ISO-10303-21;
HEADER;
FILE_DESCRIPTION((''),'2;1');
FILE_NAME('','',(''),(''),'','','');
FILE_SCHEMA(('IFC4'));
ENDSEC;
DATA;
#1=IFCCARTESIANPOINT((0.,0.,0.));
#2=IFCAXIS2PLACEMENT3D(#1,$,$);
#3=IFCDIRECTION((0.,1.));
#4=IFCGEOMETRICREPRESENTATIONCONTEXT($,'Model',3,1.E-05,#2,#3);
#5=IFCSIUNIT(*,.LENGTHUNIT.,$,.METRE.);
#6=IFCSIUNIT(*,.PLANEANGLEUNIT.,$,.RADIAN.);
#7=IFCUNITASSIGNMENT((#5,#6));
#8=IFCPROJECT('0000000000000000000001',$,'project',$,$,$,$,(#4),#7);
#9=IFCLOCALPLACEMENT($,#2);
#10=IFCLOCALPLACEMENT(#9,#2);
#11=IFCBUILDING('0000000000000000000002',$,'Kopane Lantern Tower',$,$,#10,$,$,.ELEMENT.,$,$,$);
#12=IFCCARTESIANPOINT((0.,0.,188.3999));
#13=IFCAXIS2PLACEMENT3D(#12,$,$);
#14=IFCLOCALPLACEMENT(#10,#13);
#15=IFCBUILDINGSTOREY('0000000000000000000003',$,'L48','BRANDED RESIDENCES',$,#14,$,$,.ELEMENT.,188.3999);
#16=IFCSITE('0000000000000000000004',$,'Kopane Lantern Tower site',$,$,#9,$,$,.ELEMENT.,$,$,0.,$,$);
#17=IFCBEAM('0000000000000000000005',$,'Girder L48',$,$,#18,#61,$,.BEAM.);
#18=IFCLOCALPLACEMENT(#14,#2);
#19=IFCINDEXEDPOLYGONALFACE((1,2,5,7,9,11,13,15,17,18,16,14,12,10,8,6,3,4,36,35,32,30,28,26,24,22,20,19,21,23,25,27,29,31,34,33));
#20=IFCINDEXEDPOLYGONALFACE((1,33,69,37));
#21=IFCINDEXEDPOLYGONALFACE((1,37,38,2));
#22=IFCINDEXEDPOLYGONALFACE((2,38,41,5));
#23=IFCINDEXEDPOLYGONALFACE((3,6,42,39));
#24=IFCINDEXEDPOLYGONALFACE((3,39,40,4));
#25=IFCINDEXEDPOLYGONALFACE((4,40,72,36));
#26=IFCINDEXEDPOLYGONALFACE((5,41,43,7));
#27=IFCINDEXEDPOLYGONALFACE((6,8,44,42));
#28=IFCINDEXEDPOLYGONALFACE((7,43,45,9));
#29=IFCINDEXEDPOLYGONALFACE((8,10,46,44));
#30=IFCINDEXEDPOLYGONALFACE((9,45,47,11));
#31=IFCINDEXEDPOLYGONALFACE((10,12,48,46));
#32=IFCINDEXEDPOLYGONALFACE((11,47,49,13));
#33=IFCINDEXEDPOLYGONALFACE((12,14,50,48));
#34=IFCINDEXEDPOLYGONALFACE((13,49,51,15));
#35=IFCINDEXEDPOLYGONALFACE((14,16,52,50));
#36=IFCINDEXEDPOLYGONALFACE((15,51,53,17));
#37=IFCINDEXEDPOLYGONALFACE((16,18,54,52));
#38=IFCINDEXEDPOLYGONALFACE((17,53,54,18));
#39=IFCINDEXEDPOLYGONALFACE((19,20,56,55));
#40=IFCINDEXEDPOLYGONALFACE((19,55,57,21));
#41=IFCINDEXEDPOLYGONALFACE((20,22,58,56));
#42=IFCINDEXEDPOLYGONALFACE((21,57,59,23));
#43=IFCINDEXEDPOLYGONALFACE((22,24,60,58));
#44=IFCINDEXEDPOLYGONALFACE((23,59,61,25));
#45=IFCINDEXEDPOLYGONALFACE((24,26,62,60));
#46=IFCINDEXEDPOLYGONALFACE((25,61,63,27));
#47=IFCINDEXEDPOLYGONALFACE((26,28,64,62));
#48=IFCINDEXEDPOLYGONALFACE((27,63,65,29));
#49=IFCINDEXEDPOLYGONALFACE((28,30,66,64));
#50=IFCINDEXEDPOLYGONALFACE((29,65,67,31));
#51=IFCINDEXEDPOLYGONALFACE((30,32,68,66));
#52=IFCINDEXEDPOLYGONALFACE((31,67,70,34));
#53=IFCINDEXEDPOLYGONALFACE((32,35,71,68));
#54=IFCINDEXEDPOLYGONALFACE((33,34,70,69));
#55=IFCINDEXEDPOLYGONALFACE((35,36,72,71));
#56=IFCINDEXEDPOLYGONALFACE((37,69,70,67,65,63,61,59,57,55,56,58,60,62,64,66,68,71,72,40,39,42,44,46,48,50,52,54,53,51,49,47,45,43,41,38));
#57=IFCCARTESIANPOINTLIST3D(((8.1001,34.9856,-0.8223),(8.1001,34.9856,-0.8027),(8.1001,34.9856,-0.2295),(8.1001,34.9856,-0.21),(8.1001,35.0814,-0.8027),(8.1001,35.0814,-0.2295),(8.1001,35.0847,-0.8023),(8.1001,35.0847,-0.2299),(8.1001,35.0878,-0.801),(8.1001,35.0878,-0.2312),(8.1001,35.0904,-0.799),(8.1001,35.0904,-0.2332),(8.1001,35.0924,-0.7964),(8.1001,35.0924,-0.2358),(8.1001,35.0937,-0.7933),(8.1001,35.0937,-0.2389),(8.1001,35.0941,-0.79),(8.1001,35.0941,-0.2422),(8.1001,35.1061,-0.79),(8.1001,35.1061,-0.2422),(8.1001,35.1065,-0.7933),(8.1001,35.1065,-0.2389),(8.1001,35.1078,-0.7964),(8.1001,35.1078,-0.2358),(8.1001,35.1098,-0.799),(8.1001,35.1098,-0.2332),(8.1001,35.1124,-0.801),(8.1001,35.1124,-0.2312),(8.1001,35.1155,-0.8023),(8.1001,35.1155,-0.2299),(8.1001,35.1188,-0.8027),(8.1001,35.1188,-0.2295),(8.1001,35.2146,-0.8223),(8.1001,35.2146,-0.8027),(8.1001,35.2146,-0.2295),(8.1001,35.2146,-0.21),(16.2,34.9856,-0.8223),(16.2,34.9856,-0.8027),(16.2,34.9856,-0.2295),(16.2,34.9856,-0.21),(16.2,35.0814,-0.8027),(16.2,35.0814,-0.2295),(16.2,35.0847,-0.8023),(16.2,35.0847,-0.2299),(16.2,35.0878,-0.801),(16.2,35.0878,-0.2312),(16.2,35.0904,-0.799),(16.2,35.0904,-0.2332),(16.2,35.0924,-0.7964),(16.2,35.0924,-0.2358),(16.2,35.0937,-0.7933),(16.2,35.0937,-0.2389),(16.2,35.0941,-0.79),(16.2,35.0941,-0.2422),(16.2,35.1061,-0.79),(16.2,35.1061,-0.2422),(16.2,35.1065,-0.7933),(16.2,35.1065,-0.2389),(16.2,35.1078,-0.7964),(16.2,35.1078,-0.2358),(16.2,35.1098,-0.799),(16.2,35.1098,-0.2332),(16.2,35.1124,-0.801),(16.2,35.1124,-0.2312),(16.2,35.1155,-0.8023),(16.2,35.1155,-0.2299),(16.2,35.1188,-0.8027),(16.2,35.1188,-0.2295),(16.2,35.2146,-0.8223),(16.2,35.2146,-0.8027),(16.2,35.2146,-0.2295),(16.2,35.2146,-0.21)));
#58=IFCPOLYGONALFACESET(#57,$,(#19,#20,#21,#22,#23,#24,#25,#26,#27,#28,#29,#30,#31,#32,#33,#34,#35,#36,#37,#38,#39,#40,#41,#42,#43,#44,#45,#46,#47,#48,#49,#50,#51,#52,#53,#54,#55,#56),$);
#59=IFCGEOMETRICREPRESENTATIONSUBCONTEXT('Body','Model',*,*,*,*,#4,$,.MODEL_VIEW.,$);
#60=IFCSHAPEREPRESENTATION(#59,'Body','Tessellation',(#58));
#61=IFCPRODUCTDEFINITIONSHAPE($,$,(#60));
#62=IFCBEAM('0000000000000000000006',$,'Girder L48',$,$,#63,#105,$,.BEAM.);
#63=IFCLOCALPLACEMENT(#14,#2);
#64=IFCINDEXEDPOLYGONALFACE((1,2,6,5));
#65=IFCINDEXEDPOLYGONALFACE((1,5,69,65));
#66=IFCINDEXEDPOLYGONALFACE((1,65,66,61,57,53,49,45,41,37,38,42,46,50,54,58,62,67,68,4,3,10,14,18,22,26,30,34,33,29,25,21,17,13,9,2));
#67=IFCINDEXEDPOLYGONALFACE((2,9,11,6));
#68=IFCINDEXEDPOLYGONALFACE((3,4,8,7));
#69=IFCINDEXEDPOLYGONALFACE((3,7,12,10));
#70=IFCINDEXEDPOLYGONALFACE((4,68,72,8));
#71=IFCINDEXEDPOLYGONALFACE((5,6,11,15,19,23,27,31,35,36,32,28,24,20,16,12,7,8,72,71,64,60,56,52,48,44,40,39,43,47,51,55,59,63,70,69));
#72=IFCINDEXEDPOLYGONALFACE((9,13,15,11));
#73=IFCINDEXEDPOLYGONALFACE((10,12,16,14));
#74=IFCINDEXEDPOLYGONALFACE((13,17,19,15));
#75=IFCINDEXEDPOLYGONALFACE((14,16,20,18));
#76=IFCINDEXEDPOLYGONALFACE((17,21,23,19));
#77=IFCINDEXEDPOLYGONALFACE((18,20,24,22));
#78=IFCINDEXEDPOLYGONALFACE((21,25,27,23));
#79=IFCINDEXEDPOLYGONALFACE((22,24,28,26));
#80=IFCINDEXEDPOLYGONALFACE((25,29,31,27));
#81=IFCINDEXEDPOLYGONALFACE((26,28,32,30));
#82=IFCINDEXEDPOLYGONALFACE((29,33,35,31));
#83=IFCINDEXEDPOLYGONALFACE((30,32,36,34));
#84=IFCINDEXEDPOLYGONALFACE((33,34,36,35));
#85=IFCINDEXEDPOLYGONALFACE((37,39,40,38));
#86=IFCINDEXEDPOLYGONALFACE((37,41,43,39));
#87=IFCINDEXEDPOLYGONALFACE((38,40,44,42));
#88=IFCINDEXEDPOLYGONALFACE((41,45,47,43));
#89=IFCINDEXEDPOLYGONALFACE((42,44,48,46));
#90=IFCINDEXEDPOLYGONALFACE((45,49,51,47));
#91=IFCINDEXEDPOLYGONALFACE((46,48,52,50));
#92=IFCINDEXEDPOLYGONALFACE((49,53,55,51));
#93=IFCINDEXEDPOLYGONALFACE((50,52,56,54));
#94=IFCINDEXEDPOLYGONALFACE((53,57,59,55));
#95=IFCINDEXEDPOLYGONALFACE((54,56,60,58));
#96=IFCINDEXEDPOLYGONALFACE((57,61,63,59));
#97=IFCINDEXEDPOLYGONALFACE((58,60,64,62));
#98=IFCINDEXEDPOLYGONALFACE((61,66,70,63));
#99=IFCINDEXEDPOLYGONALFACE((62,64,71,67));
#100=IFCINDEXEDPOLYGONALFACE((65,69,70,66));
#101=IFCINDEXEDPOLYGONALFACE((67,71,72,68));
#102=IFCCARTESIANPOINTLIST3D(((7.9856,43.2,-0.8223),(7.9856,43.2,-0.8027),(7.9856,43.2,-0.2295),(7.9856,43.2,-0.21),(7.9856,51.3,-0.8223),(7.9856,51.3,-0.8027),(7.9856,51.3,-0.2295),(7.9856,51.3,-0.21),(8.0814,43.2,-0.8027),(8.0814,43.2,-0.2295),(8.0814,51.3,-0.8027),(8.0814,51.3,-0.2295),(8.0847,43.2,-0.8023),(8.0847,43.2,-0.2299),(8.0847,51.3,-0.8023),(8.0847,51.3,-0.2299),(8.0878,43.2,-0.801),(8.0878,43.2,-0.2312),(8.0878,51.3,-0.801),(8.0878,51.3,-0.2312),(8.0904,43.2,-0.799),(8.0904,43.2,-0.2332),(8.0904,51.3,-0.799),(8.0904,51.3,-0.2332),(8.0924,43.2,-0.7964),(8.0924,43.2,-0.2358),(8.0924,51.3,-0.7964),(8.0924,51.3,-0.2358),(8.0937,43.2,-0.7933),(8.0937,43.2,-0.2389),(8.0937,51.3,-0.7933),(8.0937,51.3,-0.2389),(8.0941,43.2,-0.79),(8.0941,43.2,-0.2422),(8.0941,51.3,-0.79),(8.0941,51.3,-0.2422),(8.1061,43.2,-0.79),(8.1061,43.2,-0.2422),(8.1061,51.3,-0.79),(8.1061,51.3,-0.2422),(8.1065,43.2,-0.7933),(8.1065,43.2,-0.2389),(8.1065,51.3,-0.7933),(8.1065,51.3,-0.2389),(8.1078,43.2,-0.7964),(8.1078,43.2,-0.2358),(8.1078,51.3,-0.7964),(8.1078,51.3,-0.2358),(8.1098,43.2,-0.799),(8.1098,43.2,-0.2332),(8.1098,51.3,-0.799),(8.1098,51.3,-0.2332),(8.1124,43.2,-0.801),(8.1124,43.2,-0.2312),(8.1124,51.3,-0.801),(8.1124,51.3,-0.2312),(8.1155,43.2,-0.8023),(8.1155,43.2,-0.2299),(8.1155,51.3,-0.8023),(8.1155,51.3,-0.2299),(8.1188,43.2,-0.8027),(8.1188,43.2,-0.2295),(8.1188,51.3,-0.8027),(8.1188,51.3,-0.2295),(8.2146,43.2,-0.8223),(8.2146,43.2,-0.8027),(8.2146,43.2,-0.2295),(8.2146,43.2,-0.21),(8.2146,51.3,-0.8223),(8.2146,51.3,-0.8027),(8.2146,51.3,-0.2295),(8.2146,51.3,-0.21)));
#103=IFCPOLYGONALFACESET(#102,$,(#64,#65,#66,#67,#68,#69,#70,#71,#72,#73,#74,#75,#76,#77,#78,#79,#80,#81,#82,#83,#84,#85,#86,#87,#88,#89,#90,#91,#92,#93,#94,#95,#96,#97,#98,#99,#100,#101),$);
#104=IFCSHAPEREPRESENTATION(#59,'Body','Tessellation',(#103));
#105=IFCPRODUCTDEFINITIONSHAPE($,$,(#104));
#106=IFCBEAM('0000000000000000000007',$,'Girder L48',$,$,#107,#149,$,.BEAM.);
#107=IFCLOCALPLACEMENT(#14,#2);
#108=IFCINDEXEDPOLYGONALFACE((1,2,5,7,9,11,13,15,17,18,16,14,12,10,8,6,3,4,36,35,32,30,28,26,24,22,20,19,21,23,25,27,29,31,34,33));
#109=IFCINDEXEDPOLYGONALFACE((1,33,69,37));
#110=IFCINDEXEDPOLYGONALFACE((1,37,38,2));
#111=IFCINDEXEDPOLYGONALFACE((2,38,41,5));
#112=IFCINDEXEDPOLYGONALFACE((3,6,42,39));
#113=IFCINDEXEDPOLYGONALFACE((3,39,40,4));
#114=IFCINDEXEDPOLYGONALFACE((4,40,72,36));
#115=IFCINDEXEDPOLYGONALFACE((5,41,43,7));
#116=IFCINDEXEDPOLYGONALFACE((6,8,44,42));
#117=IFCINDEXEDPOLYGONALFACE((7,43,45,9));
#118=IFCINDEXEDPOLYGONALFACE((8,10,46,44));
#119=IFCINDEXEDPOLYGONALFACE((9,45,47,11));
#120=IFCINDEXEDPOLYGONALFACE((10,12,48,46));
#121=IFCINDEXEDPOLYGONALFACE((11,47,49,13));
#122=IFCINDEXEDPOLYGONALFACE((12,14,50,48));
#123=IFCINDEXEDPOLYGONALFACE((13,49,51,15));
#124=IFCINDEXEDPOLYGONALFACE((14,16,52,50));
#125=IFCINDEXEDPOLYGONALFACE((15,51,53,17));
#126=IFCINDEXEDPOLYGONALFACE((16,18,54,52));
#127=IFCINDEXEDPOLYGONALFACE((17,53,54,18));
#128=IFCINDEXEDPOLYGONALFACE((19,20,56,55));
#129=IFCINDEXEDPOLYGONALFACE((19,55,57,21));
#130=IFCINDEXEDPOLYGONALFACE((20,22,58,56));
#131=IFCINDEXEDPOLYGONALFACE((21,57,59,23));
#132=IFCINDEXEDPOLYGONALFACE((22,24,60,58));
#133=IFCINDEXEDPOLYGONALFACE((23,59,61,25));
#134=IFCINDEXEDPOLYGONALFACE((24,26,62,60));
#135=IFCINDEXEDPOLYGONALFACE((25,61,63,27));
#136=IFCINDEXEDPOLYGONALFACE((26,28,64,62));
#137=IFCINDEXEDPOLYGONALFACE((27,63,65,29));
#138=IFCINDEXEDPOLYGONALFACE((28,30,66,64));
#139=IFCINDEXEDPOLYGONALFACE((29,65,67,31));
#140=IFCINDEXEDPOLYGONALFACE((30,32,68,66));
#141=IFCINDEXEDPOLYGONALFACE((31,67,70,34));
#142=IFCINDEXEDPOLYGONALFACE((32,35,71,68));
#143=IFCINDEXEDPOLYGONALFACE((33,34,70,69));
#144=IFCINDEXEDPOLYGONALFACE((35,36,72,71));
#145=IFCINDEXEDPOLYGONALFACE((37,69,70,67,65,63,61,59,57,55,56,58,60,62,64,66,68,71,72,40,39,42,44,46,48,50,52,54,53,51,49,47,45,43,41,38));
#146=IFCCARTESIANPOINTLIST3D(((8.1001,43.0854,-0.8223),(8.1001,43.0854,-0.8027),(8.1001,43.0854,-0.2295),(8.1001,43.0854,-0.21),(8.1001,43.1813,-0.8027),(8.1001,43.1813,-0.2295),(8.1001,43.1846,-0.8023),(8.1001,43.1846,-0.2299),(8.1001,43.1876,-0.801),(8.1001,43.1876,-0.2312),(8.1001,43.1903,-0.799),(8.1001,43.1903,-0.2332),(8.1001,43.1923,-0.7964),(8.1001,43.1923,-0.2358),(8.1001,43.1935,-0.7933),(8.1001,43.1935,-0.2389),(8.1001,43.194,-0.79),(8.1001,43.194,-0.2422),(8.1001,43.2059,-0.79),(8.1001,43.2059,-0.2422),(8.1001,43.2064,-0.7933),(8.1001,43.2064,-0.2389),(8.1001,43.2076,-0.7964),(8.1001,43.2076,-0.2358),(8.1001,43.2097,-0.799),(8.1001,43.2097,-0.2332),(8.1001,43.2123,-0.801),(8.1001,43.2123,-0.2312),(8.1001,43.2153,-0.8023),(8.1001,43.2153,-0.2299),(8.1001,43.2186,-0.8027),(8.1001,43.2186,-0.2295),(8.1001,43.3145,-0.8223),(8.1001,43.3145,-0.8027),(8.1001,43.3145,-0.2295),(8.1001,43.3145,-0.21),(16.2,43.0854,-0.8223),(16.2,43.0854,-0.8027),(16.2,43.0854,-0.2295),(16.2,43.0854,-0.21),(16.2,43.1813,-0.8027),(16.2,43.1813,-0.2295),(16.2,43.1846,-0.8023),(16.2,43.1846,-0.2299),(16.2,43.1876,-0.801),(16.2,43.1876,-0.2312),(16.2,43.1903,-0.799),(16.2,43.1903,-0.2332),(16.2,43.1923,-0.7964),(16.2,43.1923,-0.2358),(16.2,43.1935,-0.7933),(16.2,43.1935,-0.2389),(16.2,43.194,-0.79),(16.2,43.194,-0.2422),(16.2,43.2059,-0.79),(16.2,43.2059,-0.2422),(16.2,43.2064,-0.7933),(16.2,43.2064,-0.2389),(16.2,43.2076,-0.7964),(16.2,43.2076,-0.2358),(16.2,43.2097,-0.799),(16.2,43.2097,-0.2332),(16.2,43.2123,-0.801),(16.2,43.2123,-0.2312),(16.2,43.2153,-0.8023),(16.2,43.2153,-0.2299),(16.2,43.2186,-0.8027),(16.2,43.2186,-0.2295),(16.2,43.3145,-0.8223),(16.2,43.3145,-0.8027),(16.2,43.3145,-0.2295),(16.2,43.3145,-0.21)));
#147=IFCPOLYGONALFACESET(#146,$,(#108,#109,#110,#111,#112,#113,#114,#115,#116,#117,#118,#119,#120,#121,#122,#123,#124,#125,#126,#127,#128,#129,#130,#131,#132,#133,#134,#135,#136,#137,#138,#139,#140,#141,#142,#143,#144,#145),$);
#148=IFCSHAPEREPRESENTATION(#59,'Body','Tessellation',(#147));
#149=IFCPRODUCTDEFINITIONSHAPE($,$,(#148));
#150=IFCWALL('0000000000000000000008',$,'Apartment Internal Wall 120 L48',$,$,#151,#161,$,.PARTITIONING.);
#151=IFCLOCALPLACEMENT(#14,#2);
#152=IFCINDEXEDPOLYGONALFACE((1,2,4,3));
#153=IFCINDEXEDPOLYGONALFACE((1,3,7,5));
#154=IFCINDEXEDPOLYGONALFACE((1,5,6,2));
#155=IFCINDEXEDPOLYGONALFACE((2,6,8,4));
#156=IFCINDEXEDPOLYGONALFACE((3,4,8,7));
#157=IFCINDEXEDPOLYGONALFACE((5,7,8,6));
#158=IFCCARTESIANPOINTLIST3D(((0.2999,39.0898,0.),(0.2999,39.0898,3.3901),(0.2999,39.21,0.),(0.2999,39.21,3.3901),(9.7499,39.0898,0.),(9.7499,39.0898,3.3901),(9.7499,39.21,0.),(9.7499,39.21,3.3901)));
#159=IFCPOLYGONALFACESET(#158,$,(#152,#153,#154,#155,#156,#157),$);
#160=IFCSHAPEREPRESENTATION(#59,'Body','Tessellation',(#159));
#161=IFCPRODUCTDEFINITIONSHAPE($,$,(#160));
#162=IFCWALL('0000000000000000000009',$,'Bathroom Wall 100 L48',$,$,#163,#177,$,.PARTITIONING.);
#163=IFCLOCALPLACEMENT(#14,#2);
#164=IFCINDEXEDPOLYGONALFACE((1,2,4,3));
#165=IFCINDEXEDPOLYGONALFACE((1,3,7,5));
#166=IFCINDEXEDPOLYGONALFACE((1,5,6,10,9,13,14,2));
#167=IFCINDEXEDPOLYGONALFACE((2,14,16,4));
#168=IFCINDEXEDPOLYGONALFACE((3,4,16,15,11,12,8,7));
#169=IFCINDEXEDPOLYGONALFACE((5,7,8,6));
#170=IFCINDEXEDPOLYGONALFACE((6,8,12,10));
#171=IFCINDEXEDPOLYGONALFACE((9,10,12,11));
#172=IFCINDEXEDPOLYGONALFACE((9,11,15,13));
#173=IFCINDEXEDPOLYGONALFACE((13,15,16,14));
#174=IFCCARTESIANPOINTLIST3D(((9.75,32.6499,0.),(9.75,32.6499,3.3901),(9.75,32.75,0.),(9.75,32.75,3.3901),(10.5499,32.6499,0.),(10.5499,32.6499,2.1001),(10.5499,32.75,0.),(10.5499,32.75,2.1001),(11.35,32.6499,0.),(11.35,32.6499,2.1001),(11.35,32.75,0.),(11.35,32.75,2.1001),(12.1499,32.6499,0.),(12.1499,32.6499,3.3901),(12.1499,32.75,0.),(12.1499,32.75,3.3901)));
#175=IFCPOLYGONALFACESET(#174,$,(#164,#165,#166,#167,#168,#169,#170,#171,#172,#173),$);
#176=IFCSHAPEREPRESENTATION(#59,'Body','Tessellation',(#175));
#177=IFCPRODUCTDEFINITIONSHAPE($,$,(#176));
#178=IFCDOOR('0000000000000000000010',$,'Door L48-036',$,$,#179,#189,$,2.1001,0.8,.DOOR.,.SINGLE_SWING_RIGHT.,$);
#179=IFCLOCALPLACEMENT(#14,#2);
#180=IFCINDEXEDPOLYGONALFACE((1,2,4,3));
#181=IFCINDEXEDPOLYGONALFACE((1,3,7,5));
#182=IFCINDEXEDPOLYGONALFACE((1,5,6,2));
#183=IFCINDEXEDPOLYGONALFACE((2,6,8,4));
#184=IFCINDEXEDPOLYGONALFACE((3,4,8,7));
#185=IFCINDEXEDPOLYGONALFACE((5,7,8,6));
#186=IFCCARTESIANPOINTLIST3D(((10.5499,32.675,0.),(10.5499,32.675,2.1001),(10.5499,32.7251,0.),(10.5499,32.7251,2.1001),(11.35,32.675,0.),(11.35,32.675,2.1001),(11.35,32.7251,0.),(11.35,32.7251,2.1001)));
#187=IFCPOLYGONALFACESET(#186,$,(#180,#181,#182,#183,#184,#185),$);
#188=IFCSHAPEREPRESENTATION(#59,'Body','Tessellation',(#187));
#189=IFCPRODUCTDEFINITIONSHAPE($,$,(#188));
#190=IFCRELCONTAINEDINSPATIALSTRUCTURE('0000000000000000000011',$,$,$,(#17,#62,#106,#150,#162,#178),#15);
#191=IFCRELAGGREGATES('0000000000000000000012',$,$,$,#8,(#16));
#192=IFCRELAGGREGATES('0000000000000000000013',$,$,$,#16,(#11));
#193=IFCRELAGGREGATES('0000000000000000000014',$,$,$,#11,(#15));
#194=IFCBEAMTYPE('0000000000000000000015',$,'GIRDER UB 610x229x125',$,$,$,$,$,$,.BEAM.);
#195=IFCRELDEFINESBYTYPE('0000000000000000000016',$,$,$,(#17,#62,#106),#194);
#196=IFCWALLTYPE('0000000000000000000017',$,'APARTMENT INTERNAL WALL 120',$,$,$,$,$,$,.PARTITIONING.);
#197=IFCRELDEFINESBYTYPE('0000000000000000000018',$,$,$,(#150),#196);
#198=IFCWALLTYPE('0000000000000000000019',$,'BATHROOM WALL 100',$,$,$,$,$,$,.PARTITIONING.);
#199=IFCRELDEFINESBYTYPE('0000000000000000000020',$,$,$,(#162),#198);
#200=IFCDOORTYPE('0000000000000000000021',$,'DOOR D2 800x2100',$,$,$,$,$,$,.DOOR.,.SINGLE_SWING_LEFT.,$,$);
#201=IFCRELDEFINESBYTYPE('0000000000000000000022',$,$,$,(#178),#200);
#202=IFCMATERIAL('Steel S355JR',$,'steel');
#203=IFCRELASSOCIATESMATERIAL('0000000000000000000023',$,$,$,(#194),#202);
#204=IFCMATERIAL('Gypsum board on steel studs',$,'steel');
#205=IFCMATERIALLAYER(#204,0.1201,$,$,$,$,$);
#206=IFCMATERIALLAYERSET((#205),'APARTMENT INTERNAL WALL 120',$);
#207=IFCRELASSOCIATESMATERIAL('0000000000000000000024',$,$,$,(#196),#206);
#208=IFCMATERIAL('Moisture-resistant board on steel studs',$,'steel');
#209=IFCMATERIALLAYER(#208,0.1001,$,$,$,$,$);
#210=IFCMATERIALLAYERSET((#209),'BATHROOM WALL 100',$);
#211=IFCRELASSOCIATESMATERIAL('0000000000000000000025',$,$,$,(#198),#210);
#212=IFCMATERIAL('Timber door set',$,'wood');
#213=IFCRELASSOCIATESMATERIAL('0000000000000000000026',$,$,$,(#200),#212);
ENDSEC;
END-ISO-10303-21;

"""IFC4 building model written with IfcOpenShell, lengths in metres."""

from ifc_helpers import new_model, si_unit, direction, frame, frame_2d, origin, origin_2d, place, context, subcontext, project, spatial, rectangle, i_section, extrude, material, layer, layer_set, material_profile, profile_set, type_object, element, fill, save


model = new_model("IFC4")

# Units and contexts
model_context = context("Model", 3, precision=1e-05, world=origin(), true_north=direction((0.0, 1.0)))
body_context = subcontext(model_context, "Body", "Model", "MODEL_VIEW")
ifc_project = project(units=[si_unit("LENGTHUNIT", "METRE"), si_unit("PLANEANGLEUNIT", "RADIAN")], contexts=[model_context])

# Site, building, storey
site_placement = place(None, origin())
site = spatial("IfcSite", under=ifc_project, at=site_placement, Name="Kopane Lantern Tower site", CompositionType="ELEMENT", RefElevation=0.0)
building_placement = place(site_placement, origin())
building = spatial("IfcBuilding", under=site, at=building_placement, Name="Kopane Lantern Tower", CompositionType="ELEMENT")
storey_placement = place(building_placement, frame((0.0, 0.0, 188.3999)))
storey = spatial("IfcBuildingStorey", under=building, at=storey_placement, Name="L48", Description="BRANDED RESIDENCES", CompositionType="ELEMENT", Elevation=188.3999)

# Beams
ifc_material_1 = material(Name="Steel S355JR", Category="steel")
ifc_material_profile_1 = material_profile(ifc_material_1, i_section(OverallWidth=0.229, OverallDepth=0.6123, WebThickness=0.012, FlangeThickness=0.0195, FilletRadius=0.0127, at=origin_2d()), Name="UB 610x229x125")
ifc_profile_set_1 = profile_set([ifc_material_profile_1], Name="Steel S355JR")
beam_type = type_object("IfcBeamType", Name="GIRDER UB 610x229x125", PredefinedType="BEAM", material=ifc_profile_set_1)
for number, where, z_axis, x_axis, name in (
    (1, (8.1001, 35.1001, -0.5161), (1.0, 0.0, 0.0), (0.0, 1.0, 0.0), "Girder L48"),
):
    element("IfcBeam", number, at=place(storey_placement, frame(where, z_axis=z_axis, x_axis=x_axis)), inside=storey, type_object=beam_type, Name=name, PredefinedType="BEAM", context=body_context, shape_type="SweptSolid", body=[
        extrude(i_section(OverallWidth=0.229, OverallDepth=0.6123, WebThickness=0.012, FlangeThickness=0.0195, FilletRadius=0.0127, at=origin_2d()), origin(), (0.0, 0.0, 1.0), 8.0999),
    ])
beam_1_placement = place(storey_placement, frame((8.1001, 43.2, -0.5161), z_axis=(0.0, 1.0, 0.0), x_axis=(-1.0, 0.0, 0.0)))
element("IfcBeam", 2, at=beam_1_placement, inside=storey, type_object=beam_type, Name="Girder L48", PredefinedType="BEAM", context=body_context, shape_type="SweptSolid", body=[
    extrude(i_section(OverallWidth=0.229, OverallDepth=0.6123, WebThickness=0.012, FlangeThickness=0.0195, FilletRadius=0.0127, at=origin_2d()), origin(), (0.0, 0.0, 1.0), 8.1001),
])
beam_2_placement = place(storey_placement, frame((8.1001, 43.2, -0.5161), z_axis=(1.0, 0.0, 0.0), x_axis=(0.0, 1.0, 0.0)))
element("IfcBeam", 3, at=beam_2_placement, inside=storey, type_object=beam_type, Name="Girder L48", PredefinedType="BEAM", context=body_context, shape_type="SweptSolid", body=[
    extrude(i_section(OverallWidth=0.229, OverallDepth=0.6123, WebThickness=0.012, FlangeThickness=0.0195, FilletRadius=0.0127, at=origin_2d()), origin(), (0.0, 0.0, 1.0), 8.0999),
])

# Wall
ifc_material_2 = material(Name="Gypsum board on steel studs", Category="steel")
ifc_layer_1 = layer(ifc_material_2, 0.1201)
ifc_layer_set_1 = layer_set([ifc_layer_1], Name="APARTMENT INTERNAL WALL 120")
wall_type_1 = type_object("IfcWallType", Name="APARTMENT INTERNAL WALL 120", PredefinedType="PARTITIONING", material=ifc_layer_set_1)
wall_1_placement = place(storey_placement, frame((9.75, 39.1499, 0.0), z_axis=(0.0, 0.0, 1.0), x_axis=(-1.0, 0.0, 0.0)))
element("IfcWall", 4, at=wall_1_placement, inside=storey, type_object=wall_type_1, Name="Apartment Internal Wall 120 L48", PredefinedType="PARTITIONING", context=body_context, shape_type="SweptSolid", body=[
    extrude(rectangle(XDim=9.45, YDim=0.1201, at=frame_2d((4.7251, 0.0))), origin(), (0.0, 0.0, 1.0), 3.3901),
])

# Wall, opening, door
ifc_material_3 = material(Name="Moisture-resistant board on steel studs", Category="steel")
ifc_layer_2 = layer(ifc_material_3, 0.1001)
ifc_layer_set_2 = layer_set([ifc_layer_2], Name="BATHROOM WALL 100")
wall_type_2 = type_object("IfcWallType", Name="BATHROOM WALL 100", PredefinedType="PARTITIONING", material=ifc_layer_set_2)
wall_2_placement = place(storey_placement, frame((12.1499, 32.7, 0.0), z_axis=(0.0, 0.0, 1.0), x_axis=(-1.0, 0.0, 0.0)))
wall_2 = element("IfcWall", 5, at=wall_2_placement, inside=storey, type_object=wall_type_2, Name="Bathroom Wall 100 L48", PredefinedType="PARTITIONING", context=body_context, shape_type="SweptSolid", body=[
    extrude(rectangle(XDim=2.3999, YDim=0.1001, at=frame_2d((1.2, 0.0))), origin(), (0.0, 0.0, 1.0), 3.3901),
])
opening_1_placement = place(wall_2_placement, frame((0.8, 0.0, 0.0)))
opening_1 = element("IfcOpeningElement", 6, at=opening_1_placement, cuts=wall_2, PredefinedType="OPENING", context=body_context, shape_type="SweptSolid", body=[
    extrude(rectangle(XDim=0.8, YDim=2.1001, at=frame_2d((0.3999, 1.05))), frame((0.0, 0.0601, 0.0), z_axis=(0.0, -1.0, 0.0), x_axis=(1.0, 0.0, 0.0)), (0.0, 0.0, 1.0), 0.1201),
])
ifc_material_4 = material(Name="Timber door set", Category="wood")
door_type = type_object("IfcDoorType", Name="DOOR D2 800x2100", OperationType="SINGLE_SWING_LEFT", PredefinedType="DOOR", material=ifc_material_4)
door_1_placement = place(opening_1_placement, origin())
door_1 = element("IfcDoor", 7, at=door_1_placement, inside=storey, type_object=door_type, Name="Door L48-036", OperationType="SINGLE_SWING_RIGHT", OverallHeight=2.1001, OverallWidth=0.8, PredefinedType="DOOR", context=body_context, shape_type="SweptSolid", body=[
    extrude(rectangle(XDim=0.8, YDim=2.1001, at=frame_2d((0.3999, 1.05))), frame((0.0, 0.0249, 0.0), z_axis=(0.0, -1.0, 0.0), x_axis=(1.0, 0.0, 0.0)), (0.0, 0.0, 1.0), 0.05),
])
fill(opening_1, door_1)

save(model, "model.ifc")
